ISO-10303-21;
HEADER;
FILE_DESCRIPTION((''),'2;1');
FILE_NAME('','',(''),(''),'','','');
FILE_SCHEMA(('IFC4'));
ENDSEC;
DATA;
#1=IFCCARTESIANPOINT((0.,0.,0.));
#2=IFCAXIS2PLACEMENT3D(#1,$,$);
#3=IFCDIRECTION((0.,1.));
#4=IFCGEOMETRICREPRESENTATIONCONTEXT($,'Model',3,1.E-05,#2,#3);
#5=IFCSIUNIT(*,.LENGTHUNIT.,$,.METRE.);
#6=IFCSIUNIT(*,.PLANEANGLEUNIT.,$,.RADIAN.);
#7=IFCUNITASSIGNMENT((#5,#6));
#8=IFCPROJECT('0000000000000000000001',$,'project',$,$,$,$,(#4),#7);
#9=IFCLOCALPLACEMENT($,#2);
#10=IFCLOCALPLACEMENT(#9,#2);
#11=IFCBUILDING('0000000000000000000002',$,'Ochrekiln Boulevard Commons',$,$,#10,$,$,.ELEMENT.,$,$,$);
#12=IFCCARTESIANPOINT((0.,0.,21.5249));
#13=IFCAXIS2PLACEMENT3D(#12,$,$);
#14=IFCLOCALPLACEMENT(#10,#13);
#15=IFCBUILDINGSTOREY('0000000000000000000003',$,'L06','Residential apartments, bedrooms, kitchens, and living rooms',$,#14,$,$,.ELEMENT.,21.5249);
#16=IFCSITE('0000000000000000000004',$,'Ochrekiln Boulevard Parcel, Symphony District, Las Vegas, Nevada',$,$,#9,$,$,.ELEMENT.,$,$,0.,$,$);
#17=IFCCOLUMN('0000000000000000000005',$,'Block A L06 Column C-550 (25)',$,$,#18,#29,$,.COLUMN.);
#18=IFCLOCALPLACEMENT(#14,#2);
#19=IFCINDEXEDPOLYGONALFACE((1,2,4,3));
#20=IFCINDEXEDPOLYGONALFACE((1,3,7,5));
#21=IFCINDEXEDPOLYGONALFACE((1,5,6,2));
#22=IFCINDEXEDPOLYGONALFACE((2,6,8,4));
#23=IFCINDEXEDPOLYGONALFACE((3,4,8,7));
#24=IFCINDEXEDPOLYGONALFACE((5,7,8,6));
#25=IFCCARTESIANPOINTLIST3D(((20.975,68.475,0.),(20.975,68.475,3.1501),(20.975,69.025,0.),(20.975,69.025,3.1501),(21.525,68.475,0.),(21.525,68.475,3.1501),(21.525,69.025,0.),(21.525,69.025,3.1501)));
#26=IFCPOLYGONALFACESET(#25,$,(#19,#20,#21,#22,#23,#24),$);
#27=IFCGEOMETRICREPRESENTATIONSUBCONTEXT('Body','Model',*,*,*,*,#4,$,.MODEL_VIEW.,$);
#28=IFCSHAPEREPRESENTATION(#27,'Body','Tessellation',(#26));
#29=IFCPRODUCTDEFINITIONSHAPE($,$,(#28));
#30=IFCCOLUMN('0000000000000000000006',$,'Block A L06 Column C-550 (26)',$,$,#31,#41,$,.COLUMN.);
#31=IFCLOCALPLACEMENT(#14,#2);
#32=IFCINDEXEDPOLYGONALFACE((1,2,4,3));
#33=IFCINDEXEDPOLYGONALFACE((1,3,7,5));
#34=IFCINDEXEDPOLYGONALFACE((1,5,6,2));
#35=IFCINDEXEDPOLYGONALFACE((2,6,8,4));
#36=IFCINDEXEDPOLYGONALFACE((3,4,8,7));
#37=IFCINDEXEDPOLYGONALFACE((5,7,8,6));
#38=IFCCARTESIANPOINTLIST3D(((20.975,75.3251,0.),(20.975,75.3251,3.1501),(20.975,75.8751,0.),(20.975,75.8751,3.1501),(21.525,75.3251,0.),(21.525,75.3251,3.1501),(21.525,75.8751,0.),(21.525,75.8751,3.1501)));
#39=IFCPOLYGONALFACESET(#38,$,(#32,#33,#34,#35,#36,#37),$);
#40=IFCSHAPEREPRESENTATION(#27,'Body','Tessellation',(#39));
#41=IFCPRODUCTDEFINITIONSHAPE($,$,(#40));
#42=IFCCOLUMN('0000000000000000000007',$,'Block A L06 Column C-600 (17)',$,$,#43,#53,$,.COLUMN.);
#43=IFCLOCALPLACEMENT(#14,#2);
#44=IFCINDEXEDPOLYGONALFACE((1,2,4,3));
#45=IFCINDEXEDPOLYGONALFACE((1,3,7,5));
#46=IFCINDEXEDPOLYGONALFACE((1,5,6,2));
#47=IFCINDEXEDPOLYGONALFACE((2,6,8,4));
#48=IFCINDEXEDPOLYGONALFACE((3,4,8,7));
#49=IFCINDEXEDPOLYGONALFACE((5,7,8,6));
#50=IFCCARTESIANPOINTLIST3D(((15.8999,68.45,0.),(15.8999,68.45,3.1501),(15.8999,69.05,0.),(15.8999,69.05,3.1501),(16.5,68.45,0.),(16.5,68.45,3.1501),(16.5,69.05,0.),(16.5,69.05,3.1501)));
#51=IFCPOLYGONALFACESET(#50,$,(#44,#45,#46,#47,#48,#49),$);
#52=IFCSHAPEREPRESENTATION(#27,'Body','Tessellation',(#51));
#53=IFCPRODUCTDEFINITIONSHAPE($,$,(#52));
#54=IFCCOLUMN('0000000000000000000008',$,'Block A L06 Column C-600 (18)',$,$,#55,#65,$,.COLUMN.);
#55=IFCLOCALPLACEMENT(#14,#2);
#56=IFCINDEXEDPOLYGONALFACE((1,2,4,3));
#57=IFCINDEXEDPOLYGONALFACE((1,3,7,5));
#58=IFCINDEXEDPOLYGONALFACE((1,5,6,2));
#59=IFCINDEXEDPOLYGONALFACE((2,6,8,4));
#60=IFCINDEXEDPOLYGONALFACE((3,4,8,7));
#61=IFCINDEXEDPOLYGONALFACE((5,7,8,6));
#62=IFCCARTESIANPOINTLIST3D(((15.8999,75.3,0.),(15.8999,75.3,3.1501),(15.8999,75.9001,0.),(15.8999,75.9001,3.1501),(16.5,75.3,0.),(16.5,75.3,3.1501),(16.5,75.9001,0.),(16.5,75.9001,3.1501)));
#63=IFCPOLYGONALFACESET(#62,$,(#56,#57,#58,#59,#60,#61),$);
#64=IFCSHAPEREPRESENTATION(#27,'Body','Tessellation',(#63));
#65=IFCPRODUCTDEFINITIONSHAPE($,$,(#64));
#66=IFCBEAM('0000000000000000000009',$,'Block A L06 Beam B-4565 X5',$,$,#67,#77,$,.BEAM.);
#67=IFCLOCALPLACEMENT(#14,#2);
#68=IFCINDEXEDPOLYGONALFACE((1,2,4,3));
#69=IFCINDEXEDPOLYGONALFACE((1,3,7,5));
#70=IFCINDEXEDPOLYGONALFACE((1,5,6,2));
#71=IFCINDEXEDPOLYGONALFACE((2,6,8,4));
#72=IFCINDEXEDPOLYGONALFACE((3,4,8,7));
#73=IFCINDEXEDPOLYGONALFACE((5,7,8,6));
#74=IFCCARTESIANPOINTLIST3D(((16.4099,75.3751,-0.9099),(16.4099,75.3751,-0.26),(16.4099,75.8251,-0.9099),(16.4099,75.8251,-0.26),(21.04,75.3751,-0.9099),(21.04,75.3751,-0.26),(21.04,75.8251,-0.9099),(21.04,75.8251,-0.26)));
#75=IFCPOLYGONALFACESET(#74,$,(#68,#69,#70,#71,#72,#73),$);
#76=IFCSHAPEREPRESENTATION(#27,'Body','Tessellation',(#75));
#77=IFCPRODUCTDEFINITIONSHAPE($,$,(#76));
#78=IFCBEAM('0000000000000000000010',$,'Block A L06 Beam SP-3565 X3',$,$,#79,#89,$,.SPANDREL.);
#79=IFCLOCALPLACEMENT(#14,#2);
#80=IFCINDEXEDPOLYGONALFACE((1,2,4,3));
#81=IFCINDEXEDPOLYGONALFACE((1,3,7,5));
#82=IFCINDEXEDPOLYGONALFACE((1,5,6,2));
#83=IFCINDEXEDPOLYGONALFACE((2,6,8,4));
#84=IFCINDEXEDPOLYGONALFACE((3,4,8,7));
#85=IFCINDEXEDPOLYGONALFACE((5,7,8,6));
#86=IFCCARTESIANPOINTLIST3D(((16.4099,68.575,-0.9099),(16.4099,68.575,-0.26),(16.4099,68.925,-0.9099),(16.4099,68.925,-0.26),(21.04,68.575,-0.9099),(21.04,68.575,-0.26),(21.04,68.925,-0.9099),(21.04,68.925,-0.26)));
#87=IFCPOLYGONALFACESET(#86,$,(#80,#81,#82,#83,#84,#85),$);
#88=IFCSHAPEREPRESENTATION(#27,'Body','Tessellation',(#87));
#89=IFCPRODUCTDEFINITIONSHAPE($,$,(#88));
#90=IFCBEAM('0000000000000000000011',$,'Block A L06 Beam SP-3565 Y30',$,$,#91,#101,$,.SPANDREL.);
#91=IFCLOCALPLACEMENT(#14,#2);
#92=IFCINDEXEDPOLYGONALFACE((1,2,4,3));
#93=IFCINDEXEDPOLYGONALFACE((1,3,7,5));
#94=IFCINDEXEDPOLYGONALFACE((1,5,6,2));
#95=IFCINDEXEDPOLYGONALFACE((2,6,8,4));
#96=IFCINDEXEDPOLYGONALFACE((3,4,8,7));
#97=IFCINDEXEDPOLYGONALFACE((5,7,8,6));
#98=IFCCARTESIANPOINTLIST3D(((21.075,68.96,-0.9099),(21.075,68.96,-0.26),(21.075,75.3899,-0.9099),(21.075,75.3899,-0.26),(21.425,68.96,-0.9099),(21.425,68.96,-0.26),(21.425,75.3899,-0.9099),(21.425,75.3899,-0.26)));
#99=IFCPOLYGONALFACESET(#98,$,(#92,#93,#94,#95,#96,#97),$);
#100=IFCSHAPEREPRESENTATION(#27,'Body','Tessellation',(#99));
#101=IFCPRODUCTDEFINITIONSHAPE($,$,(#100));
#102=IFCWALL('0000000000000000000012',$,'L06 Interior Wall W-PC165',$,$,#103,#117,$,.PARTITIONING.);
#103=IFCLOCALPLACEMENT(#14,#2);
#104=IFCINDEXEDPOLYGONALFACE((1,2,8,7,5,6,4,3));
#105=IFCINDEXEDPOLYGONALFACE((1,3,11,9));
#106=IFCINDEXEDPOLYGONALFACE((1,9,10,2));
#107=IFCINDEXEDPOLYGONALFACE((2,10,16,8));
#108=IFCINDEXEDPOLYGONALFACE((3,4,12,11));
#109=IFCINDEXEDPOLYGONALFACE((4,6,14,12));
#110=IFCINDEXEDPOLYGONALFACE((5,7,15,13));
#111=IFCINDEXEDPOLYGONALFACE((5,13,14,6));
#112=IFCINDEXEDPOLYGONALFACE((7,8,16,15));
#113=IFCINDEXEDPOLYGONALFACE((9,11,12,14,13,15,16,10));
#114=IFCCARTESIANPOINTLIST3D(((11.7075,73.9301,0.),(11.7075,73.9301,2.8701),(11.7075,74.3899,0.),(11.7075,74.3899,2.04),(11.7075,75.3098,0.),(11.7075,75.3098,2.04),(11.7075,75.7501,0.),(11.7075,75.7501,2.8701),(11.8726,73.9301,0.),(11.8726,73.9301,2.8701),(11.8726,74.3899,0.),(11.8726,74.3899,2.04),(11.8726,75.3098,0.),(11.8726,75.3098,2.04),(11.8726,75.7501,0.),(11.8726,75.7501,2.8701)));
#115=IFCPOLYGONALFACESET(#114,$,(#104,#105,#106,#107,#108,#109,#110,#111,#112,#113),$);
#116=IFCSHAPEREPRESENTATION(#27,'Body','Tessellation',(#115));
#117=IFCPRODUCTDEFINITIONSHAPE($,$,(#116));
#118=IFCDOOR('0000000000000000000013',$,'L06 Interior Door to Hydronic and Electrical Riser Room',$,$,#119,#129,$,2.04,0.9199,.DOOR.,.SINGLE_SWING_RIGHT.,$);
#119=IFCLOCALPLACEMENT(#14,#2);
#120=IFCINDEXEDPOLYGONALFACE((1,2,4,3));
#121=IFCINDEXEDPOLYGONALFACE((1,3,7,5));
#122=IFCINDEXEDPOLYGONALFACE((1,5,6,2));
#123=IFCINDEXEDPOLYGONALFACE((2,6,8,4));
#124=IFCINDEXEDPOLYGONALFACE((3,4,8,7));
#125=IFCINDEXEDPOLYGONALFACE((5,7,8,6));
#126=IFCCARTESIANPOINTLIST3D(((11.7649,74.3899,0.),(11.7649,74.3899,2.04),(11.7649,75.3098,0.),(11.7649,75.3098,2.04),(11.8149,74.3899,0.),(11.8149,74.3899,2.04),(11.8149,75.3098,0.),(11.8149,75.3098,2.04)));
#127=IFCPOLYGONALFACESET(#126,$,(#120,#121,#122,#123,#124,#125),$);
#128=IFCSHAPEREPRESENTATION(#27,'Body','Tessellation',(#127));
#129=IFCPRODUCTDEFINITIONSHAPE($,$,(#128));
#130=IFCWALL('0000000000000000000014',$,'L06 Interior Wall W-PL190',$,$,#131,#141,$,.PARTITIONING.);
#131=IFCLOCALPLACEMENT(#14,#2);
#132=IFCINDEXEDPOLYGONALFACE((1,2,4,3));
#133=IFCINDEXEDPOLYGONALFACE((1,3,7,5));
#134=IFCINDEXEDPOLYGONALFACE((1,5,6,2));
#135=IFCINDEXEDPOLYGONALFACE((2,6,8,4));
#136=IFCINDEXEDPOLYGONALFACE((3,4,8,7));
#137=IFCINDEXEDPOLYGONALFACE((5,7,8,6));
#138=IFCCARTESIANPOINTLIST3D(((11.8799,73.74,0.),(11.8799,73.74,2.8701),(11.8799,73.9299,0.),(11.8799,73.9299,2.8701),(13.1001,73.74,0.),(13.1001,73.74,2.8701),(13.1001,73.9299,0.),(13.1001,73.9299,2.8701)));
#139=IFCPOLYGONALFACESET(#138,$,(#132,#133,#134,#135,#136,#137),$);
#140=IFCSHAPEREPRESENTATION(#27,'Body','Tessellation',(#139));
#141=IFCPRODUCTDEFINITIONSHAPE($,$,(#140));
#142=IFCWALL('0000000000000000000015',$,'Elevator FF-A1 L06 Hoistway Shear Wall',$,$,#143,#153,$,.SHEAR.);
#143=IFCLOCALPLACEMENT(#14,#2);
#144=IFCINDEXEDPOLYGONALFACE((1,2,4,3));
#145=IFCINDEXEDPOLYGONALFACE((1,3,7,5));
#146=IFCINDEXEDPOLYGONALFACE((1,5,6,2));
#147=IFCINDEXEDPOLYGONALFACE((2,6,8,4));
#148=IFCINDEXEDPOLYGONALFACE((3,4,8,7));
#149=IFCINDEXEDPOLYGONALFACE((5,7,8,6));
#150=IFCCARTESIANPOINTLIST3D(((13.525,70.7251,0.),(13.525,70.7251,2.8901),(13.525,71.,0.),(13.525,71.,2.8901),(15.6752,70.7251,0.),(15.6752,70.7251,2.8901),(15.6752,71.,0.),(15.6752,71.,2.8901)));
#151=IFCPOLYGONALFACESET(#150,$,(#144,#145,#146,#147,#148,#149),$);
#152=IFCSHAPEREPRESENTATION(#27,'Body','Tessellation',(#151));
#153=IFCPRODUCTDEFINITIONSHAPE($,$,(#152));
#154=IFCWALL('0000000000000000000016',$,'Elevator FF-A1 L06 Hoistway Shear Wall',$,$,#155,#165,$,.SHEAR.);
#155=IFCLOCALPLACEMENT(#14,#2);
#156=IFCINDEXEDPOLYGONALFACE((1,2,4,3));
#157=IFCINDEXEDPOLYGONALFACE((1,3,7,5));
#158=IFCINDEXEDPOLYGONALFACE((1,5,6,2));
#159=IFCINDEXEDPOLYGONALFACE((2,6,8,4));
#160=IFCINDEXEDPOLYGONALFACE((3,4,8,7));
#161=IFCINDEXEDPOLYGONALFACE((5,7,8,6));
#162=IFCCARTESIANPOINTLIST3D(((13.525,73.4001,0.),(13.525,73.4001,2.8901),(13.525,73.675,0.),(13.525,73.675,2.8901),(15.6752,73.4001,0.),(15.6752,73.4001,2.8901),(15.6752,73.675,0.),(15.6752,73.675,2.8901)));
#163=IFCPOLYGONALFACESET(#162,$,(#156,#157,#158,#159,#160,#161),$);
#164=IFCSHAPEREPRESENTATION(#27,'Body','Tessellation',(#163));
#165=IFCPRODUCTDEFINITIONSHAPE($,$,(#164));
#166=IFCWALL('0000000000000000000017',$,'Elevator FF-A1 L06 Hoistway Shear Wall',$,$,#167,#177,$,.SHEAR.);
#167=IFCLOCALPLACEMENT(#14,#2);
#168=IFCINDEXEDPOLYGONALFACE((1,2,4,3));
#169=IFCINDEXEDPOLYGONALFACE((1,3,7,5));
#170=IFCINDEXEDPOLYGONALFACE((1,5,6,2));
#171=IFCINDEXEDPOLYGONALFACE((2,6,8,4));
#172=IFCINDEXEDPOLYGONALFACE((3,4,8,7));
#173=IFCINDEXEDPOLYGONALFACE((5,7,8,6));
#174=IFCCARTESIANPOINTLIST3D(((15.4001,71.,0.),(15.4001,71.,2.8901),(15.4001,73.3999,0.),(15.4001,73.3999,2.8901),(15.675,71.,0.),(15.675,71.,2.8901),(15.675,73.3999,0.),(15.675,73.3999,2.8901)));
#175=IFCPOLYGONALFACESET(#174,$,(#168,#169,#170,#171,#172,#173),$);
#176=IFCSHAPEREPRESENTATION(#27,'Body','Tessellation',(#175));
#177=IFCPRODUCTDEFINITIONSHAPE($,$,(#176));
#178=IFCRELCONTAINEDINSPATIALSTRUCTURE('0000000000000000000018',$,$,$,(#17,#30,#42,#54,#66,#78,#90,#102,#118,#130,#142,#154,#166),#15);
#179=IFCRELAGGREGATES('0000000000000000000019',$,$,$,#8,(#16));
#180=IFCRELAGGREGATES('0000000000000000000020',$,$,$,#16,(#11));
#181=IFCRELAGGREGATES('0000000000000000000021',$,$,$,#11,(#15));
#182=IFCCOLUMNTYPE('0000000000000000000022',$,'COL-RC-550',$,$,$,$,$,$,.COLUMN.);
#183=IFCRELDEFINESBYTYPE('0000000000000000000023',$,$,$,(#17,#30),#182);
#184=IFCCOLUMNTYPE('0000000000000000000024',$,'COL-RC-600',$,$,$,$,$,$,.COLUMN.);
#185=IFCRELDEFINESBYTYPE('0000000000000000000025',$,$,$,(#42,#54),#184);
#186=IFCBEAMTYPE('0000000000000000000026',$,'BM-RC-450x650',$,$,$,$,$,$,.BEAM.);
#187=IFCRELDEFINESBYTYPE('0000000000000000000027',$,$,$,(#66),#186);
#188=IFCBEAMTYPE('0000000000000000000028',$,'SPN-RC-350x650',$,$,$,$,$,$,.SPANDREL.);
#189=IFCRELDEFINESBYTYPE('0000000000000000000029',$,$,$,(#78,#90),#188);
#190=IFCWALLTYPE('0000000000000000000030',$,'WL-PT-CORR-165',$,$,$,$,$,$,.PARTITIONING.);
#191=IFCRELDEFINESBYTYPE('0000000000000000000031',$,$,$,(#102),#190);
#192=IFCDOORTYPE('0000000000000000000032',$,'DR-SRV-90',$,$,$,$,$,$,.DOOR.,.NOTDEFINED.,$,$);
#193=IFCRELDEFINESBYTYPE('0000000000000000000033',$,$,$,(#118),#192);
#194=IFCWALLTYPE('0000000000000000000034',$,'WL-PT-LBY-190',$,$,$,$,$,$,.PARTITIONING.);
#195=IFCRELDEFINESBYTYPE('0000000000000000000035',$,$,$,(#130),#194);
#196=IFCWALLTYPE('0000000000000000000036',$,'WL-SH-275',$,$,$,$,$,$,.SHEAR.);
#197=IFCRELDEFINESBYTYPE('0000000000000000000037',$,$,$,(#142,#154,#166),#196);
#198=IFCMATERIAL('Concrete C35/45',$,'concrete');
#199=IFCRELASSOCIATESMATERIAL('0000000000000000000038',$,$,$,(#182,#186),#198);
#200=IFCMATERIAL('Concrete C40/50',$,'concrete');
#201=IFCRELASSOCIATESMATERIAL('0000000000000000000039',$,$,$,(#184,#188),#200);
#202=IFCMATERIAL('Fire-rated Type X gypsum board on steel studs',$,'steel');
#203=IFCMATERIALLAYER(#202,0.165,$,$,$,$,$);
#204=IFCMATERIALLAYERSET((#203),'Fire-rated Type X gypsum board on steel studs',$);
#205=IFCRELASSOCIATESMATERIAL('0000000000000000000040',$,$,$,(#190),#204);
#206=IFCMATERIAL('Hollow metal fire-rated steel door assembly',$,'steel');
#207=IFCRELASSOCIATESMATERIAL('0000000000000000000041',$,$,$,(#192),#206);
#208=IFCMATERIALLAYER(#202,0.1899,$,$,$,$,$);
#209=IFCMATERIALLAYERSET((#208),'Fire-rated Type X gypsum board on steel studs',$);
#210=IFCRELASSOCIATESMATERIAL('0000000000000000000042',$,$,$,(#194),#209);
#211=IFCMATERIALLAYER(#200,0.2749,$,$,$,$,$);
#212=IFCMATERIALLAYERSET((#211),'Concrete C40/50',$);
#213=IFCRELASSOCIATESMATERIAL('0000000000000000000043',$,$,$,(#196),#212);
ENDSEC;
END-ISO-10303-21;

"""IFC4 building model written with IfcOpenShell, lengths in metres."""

from ifc_helpers import new_model, si_unit, direction, frame, frame_2d, origin, origin_2d, place, context, subcontext, project, spatial, rectangle, extrude, material, layer, layer_set, material_profile, profile_set, type_object, element, fill, save


model = new_model("IFC4")

# Units and contexts
model_context = context("Model", 3, precision=1e-05, world=origin(), true_north=direction((0.0, 1.0)))
body_context = subcontext(model_context, "Body", "Model", "MODEL_VIEW")
ifc_project = project(units=[si_unit("LENGTHUNIT", "METRE"), si_unit("PLANEANGLEUNIT", "RADIAN")], contexts=[model_context])

# Site, building, storey
site_placement = place(None, origin())
site = spatial("IfcSite", under=ifc_project, at=site_placement, Name="Ochrekiln Boulevard Parcel, Symphony District, Las Vegas, Nevada", CompositionType="ELEMENT", RefElevation=0.0)
building_placement = place(site_placement, origin())
building = spatial("IfcBuilding", under=site, at=building_placement, Name="Ochrekiln Boulevard Commons", CompositionType="ELEMENT")
storey_placement = place(building_placement, frame((0.0, 0.0, 21.5249)))
storey = spatial("IfcBuildingStorey", under=building, at=storey_placement, Name="L06", Description="Residential apartments, bedrooms, kitchens, and living rooms", CompositionType="ELEMENT", Elevation=21.5249)

# Columns
ifc_material_1 = material(Name="Concrete C35/45", Category="concrete")
ifc_material_profile_1 = material_profile(ifc_material_1, rectangle(XDim=0.55, YDim=0.55, at=origin_2d()), Name="RC-COL-550x550")
ifc_profile_set_1 = profile_set([ifc_material_profile_1], Name="Concrete C35/45")
column_type_1 = type_object("IfcColumnType", Name="COL-RC-550", PredefinedType="COLUMN", material=ifc_profile_set_1)
for number, where, z_axis, x_axis, name in (
    (1, (21.25, 68.75, 0.0), (0.0, 0.0, 1.0), (1.0, 0.0, 0.0), "Block A L06 Column C-550 (25)"),
    (2, (21.25, 75.6001, 0.0), (0.0, 0.0, 1.0), (1.0, 0.0, 0.0), "Block A L06 Column C-550 (26)"),
):
    element("IfcColumn", number, at=place(storey_placement, frame(where, z_axis=z_axis, x_axis=x_axis)), inside=storey, type_object=column_type_1, Name=name, PredefinedType="COLUMN", context=body_context, shape_type="SweptSolid", body=[
        extrude(rectangle(XDim=0.55, YDim=0.55, at=origin_2d()), origin(), (0.0, 0.0, 1.0), 3.1501),
    ])
ifc_material_2 = material(Name="Concrete C40/50", Category="concrete")
ifc_material_profile_2 = material_profile(ifc_material_2, rectangle(XDim=0.6001, YDim=0.6001, at=origin_2d()), Name="RC-COL-600x600")
ifc_profile_set_2 = profile_set([ifc_material_profile_2], Name="Concrete C40/50")
column_type_2 = type_object("IfcColumnType", Name="COL-RC-600", PredefinedType="COLUMN", material=ifc_profile_set_2)
for number, where, z_axis, x_axis, name in (
    (3, (16.2, 68.75, 0.0), (0.0, 0.0, 1.0), (1.0, 0.0, 0.0), "Block A L06 Column C-600 (17)"),
    (4, (16.2, 75.6001, 0.0), (0.0, 0.0, 1.0), (1.0, 0.0, 0.0), "Block A L06 Column C-600 (18)"),
):
    element("IfcColumn", number, at=place(storey_placement, frame(where, z_axis=z_axis, x_axis=x_axis)), inside=storey, type_object=column_type_2, Name=name, PredefinedType="COLUMN", context=body_context, shape_type="SweptSolid", body=[
        extrude(rectangle(XDim=0.6001, YDim=0.6001, at=origin_2d()), origin(), (0.0, 0.0, 1.0), 3.1501),
    ])

# Beams
ifc_material_profile_3 = material_profile(ifc_material_1, rectangle(XDim=0.45, YDim=0.6499, at=origin_2d()), Name="RC-BM-450x650")
ifc_profile_set_3 = profile_set([ifc_material_profile_3], Name="Concrete C35/45")
beam_type_1 = type_object("IfcBeamType", Name="BM-RC-450x650", PredefinedType="BEAM", material=ifc_profile_set_3)
beam_1_placement = place(storey_placement, frame((16.4099, 75.6001, -0.585), z_axis=(1.0, 0.0, 0.0), x_axis=(0.0, 1.0, 0.0)))
element("IfcBeam", 5, at=beam_1_placement, inside=storey, type_object=beam_type_1, Name="Block A L06 Beam B-4565 X5", PredefinedType="BEAM", context=body_context, shape_type="SweptSolid", body=[
    extrude(rectangle(XDim=0.45, YDim=0.6499, at=origin_2d()), origin(), (0.0, 0.0, 1.0), 4.6301),
])
ifc_material_profile_4 = material_profile(ifc_material_2, rectangle(XDim=0.3501, YDim=0.6499, at=origin_2d()), Name="RC-SPN-350x650")
ifc_profile_set_4 = profile_set([ifc_material_profile_4], Name="Concrete C40/50")
beam_type_2 = type_object("IfcBeamType", Name="SPN-RC-350x650", PredefinedType="SPANDREL", material=ifc_profile_set_4)
beam_2_placement = place(storey_placement, frame((16.4099, 68.75, -0.585), z_axis=(1.0, 0.0, 0.0), x_axis=(0.0, 1.0, 0.0)))
element("IfcBeam", 6, at=beam_2_placement, inside=storey, type_object=beam_type_2, Name="Block A L06 Beam SP-3565 X3", PredefinedType="SPANDREL", context=body_context, shape_type="SweptSolid", body=[
    extrude(rectangle(XDim=0.3501, YDim=0.6499, at=origin_2d()), origin(), (0.0, 0.0, 1.0), 4.6301),
])
beam_3_placement = place(storey_placement, frame((21.25, 68.96, -0.585), z_axis=(0.0, 1.0, 0.0), x_axis=(-1.0, 0.0, 0.0)))
element("IfcBeam", 7, at=beam_3_placement, inside=storey, type_object=beam_type_2, Name="Block A L06 Beam SP-3565 Y30", PredefinedType="SPANDREL", context=body_context, shape_type="SweptSolid", body=[
    extrude(rectangle(XDim=0.3501, YDim=0.6499, at=origin_2d()), origin(), (0.0, 0.0, 1.0), 6.4299),
])

# Wall, opening, door
ifc_material_3 = material(Name="Fire-rated Type X gypsum board on steel studs", Category="steel")
ifc_layer_1 = layer(ifc_material_3, 0.165)
ifc_layer_set_1 = layer_set([ifc_layer_1], Name="Fire-rated Type X gypsum board on steel studs")
wall_type_1 = type_object("IfcWallType", Name="WL-PT-CORR-165", PredefinedType="PARTITIONING", material=ifc_layer_set_1)
wall_1_placement = place(storey_placement, frame((11.79, 73.9299, 0.0), z_axis=(0.0, 0.0, 1.0), x_axis=(0.0, 1.0, 0.0)))
wall_1 = element("IfcWall", 8, at=wall_1_placement, inside=storey, type_object=wall_type_1, Name="L06 Interior Wall W-PC165", PredefinedType="PARTITIONING", context=body_context, shape_type="SweptSolid", body=[
    extrude(rectangle(XDim=1.8201, YDim=0.165, at=frame_2d((0.9102, 0.0))), origin(), (0.0, 0.0, 1.0), 2.8701),
])
opening_1_placement = place(wall_1_placement, frame((0.46, 0.0, 0.0)))
opening_1 = element("IfcOpeningElement", 9, at=opening_1_placement, cuts=wall_1, PredefinedType="OPENING", context=body_context, shape_type="SweptSolid", body=[
    extrude(rectangle(XDim=0.9199, YDim=2.04, at=frame_2d((0.46, 1.02))), frame((0.0, 0.0925, 0.0), z_axis=(0.0, -1.0, 0.0), x_axis=(1.0, 0.0, 0.0)), (0.0, 0.0, 1.0), 0.1851),
])
ifc_material_4 = material(Name="Hollow metal fire-rated steel door assembly", Category="steel")
door_type_1 = type_object("IfcDoorType", Name="DR-SRV-90", OperationType="NOTDEFINED", PredefinedType="DOOR", material=ifc_material_4)
door_1_placement = place(opening_1_placement, frame((0.9199, 0.0, 0.0), z_axis=(0.0, 0.0, 1.0), x_axis=(-1.0, 0.0, 0.0)))
door_1 = element("IfcDoor", 10, at=door_1_placement, inside=storey, type_object=door_type_1, Name="L06 Interior Door to Hydronic and Electrical Riser Room", OperationType="SINGLE_SWING_RIGHT", OverallHeight=2.04, OverallWidth=0.9199, PredefinedType="DOOR", context=body_context, shape_type="SweptSolid", body=[
    extrude(rectangle(XDim=0.9199, YDim=2.04, at=frame_2d((0.46, 1.02))), frame((0.0, 0.0249, 0.0), z_axis=(0.0, -1.0, 0.0), x_axis=(1.0, 0.0, 0.0)), (0.0, 0.0, 1.0), 0.05),
])
fill(opening_1, door_1)

# Wall
ifc_layer_2 = layer(ifc_material_3, 0.1899)
ifc_layer_set_2 = layer_set([ifc_layer_2], Name="Fire-rated Type X gypsum board on steel studs")
wall_type_2 = type_object("IfcWallType", Name="WL-PT-LBY-190", PredefinedType="PARTITIONING", material=ifc_layer_set_2)
wall_2_placement = place(storey_placement, frame((11.8799, 73.835, 0.0), z_axis=(0.0, 0.0, 1.0), x_axis=(1.0, 0.0, 0.0)))
element("IfcWall", 11, at=wall_2_placement, inside=storey, type_object=wall_type_2, Name="L06 Interior Wall W-PL190", PredefinedType="PARTITIONING", context=body_context, shape_type="SweptSolid", body=[
    extrude(rectangle(XDim=1.2202, YDim=0.1899, at=frame_2d((0.6101, 0.0))), origin(), (0.0, 0.0, 1.0), 2.8701),
])

# Walls
ifc_layer_3 = layer(ifc_material_2, 0.2749)
ifc_layer_set_3 = layer_set([ifc_layer_3], Name="Concrete C40/50")
wall_type_3 = type_object("IfcWallType", Name="WL-SH-275", PredefinedType="SHEAR", material=ifc_layer_set_3)
for number, where, z_axis, x_axis, name in (
    (12, (13.5249, 70.8625, 0.0), (0.0, 0.0, 1.0), (1.0, 0.0, 0.0), "Elevator FF-A1 L06 Hoistway Shear Wall"),
    (13, (13.5249, 73.5376, 0.0), (0.0, 0.0, 1.0), (1.0, 0.0, 0.0), "Elevator FF-A1 L06 Hoistway Shear Wall"),
):
    element("IfcWall", number, at=place(storey_placement, frame(where, z_axis=z_axis, x_axis=x_axis)), inside=storey, type_object=wall_type_3, Name=name, PredefinedType="SHEAR", context=body_context, shape_type="SweptSolid", body=[
        extrude(rectangle(XDim=2.1501, YDim=0.2749, at=frame_2d((1.0752, 0.0))), origin(), (0.0, 0.0, 1.0), 2.8901),
    ])

# Wall
wall_3_placement = place(storey_placement, frame((15.5376, 71.0, 0.0), z_axis=(0.0, 0.0, 1.0), x_axis=(0.0, 1.0, 0.0)))
element("IfcWall", 14, at=wall_3_placement, inside=storey, type_object=wall_type_3, Name="Elevator FF-A1 L06 Hoistway Shear Wall", PredefinedType="SHEAR", context=body_context, shape_type="SweptSolid", body=[
    extrude(rectangle(XDim=2.3999, YDim=0.2749, at=frame_2d((1.2, 0.0))), origin(), (0.0, 0.0, 1.0), 2.8901),
])

save(model, "model.ifc")
